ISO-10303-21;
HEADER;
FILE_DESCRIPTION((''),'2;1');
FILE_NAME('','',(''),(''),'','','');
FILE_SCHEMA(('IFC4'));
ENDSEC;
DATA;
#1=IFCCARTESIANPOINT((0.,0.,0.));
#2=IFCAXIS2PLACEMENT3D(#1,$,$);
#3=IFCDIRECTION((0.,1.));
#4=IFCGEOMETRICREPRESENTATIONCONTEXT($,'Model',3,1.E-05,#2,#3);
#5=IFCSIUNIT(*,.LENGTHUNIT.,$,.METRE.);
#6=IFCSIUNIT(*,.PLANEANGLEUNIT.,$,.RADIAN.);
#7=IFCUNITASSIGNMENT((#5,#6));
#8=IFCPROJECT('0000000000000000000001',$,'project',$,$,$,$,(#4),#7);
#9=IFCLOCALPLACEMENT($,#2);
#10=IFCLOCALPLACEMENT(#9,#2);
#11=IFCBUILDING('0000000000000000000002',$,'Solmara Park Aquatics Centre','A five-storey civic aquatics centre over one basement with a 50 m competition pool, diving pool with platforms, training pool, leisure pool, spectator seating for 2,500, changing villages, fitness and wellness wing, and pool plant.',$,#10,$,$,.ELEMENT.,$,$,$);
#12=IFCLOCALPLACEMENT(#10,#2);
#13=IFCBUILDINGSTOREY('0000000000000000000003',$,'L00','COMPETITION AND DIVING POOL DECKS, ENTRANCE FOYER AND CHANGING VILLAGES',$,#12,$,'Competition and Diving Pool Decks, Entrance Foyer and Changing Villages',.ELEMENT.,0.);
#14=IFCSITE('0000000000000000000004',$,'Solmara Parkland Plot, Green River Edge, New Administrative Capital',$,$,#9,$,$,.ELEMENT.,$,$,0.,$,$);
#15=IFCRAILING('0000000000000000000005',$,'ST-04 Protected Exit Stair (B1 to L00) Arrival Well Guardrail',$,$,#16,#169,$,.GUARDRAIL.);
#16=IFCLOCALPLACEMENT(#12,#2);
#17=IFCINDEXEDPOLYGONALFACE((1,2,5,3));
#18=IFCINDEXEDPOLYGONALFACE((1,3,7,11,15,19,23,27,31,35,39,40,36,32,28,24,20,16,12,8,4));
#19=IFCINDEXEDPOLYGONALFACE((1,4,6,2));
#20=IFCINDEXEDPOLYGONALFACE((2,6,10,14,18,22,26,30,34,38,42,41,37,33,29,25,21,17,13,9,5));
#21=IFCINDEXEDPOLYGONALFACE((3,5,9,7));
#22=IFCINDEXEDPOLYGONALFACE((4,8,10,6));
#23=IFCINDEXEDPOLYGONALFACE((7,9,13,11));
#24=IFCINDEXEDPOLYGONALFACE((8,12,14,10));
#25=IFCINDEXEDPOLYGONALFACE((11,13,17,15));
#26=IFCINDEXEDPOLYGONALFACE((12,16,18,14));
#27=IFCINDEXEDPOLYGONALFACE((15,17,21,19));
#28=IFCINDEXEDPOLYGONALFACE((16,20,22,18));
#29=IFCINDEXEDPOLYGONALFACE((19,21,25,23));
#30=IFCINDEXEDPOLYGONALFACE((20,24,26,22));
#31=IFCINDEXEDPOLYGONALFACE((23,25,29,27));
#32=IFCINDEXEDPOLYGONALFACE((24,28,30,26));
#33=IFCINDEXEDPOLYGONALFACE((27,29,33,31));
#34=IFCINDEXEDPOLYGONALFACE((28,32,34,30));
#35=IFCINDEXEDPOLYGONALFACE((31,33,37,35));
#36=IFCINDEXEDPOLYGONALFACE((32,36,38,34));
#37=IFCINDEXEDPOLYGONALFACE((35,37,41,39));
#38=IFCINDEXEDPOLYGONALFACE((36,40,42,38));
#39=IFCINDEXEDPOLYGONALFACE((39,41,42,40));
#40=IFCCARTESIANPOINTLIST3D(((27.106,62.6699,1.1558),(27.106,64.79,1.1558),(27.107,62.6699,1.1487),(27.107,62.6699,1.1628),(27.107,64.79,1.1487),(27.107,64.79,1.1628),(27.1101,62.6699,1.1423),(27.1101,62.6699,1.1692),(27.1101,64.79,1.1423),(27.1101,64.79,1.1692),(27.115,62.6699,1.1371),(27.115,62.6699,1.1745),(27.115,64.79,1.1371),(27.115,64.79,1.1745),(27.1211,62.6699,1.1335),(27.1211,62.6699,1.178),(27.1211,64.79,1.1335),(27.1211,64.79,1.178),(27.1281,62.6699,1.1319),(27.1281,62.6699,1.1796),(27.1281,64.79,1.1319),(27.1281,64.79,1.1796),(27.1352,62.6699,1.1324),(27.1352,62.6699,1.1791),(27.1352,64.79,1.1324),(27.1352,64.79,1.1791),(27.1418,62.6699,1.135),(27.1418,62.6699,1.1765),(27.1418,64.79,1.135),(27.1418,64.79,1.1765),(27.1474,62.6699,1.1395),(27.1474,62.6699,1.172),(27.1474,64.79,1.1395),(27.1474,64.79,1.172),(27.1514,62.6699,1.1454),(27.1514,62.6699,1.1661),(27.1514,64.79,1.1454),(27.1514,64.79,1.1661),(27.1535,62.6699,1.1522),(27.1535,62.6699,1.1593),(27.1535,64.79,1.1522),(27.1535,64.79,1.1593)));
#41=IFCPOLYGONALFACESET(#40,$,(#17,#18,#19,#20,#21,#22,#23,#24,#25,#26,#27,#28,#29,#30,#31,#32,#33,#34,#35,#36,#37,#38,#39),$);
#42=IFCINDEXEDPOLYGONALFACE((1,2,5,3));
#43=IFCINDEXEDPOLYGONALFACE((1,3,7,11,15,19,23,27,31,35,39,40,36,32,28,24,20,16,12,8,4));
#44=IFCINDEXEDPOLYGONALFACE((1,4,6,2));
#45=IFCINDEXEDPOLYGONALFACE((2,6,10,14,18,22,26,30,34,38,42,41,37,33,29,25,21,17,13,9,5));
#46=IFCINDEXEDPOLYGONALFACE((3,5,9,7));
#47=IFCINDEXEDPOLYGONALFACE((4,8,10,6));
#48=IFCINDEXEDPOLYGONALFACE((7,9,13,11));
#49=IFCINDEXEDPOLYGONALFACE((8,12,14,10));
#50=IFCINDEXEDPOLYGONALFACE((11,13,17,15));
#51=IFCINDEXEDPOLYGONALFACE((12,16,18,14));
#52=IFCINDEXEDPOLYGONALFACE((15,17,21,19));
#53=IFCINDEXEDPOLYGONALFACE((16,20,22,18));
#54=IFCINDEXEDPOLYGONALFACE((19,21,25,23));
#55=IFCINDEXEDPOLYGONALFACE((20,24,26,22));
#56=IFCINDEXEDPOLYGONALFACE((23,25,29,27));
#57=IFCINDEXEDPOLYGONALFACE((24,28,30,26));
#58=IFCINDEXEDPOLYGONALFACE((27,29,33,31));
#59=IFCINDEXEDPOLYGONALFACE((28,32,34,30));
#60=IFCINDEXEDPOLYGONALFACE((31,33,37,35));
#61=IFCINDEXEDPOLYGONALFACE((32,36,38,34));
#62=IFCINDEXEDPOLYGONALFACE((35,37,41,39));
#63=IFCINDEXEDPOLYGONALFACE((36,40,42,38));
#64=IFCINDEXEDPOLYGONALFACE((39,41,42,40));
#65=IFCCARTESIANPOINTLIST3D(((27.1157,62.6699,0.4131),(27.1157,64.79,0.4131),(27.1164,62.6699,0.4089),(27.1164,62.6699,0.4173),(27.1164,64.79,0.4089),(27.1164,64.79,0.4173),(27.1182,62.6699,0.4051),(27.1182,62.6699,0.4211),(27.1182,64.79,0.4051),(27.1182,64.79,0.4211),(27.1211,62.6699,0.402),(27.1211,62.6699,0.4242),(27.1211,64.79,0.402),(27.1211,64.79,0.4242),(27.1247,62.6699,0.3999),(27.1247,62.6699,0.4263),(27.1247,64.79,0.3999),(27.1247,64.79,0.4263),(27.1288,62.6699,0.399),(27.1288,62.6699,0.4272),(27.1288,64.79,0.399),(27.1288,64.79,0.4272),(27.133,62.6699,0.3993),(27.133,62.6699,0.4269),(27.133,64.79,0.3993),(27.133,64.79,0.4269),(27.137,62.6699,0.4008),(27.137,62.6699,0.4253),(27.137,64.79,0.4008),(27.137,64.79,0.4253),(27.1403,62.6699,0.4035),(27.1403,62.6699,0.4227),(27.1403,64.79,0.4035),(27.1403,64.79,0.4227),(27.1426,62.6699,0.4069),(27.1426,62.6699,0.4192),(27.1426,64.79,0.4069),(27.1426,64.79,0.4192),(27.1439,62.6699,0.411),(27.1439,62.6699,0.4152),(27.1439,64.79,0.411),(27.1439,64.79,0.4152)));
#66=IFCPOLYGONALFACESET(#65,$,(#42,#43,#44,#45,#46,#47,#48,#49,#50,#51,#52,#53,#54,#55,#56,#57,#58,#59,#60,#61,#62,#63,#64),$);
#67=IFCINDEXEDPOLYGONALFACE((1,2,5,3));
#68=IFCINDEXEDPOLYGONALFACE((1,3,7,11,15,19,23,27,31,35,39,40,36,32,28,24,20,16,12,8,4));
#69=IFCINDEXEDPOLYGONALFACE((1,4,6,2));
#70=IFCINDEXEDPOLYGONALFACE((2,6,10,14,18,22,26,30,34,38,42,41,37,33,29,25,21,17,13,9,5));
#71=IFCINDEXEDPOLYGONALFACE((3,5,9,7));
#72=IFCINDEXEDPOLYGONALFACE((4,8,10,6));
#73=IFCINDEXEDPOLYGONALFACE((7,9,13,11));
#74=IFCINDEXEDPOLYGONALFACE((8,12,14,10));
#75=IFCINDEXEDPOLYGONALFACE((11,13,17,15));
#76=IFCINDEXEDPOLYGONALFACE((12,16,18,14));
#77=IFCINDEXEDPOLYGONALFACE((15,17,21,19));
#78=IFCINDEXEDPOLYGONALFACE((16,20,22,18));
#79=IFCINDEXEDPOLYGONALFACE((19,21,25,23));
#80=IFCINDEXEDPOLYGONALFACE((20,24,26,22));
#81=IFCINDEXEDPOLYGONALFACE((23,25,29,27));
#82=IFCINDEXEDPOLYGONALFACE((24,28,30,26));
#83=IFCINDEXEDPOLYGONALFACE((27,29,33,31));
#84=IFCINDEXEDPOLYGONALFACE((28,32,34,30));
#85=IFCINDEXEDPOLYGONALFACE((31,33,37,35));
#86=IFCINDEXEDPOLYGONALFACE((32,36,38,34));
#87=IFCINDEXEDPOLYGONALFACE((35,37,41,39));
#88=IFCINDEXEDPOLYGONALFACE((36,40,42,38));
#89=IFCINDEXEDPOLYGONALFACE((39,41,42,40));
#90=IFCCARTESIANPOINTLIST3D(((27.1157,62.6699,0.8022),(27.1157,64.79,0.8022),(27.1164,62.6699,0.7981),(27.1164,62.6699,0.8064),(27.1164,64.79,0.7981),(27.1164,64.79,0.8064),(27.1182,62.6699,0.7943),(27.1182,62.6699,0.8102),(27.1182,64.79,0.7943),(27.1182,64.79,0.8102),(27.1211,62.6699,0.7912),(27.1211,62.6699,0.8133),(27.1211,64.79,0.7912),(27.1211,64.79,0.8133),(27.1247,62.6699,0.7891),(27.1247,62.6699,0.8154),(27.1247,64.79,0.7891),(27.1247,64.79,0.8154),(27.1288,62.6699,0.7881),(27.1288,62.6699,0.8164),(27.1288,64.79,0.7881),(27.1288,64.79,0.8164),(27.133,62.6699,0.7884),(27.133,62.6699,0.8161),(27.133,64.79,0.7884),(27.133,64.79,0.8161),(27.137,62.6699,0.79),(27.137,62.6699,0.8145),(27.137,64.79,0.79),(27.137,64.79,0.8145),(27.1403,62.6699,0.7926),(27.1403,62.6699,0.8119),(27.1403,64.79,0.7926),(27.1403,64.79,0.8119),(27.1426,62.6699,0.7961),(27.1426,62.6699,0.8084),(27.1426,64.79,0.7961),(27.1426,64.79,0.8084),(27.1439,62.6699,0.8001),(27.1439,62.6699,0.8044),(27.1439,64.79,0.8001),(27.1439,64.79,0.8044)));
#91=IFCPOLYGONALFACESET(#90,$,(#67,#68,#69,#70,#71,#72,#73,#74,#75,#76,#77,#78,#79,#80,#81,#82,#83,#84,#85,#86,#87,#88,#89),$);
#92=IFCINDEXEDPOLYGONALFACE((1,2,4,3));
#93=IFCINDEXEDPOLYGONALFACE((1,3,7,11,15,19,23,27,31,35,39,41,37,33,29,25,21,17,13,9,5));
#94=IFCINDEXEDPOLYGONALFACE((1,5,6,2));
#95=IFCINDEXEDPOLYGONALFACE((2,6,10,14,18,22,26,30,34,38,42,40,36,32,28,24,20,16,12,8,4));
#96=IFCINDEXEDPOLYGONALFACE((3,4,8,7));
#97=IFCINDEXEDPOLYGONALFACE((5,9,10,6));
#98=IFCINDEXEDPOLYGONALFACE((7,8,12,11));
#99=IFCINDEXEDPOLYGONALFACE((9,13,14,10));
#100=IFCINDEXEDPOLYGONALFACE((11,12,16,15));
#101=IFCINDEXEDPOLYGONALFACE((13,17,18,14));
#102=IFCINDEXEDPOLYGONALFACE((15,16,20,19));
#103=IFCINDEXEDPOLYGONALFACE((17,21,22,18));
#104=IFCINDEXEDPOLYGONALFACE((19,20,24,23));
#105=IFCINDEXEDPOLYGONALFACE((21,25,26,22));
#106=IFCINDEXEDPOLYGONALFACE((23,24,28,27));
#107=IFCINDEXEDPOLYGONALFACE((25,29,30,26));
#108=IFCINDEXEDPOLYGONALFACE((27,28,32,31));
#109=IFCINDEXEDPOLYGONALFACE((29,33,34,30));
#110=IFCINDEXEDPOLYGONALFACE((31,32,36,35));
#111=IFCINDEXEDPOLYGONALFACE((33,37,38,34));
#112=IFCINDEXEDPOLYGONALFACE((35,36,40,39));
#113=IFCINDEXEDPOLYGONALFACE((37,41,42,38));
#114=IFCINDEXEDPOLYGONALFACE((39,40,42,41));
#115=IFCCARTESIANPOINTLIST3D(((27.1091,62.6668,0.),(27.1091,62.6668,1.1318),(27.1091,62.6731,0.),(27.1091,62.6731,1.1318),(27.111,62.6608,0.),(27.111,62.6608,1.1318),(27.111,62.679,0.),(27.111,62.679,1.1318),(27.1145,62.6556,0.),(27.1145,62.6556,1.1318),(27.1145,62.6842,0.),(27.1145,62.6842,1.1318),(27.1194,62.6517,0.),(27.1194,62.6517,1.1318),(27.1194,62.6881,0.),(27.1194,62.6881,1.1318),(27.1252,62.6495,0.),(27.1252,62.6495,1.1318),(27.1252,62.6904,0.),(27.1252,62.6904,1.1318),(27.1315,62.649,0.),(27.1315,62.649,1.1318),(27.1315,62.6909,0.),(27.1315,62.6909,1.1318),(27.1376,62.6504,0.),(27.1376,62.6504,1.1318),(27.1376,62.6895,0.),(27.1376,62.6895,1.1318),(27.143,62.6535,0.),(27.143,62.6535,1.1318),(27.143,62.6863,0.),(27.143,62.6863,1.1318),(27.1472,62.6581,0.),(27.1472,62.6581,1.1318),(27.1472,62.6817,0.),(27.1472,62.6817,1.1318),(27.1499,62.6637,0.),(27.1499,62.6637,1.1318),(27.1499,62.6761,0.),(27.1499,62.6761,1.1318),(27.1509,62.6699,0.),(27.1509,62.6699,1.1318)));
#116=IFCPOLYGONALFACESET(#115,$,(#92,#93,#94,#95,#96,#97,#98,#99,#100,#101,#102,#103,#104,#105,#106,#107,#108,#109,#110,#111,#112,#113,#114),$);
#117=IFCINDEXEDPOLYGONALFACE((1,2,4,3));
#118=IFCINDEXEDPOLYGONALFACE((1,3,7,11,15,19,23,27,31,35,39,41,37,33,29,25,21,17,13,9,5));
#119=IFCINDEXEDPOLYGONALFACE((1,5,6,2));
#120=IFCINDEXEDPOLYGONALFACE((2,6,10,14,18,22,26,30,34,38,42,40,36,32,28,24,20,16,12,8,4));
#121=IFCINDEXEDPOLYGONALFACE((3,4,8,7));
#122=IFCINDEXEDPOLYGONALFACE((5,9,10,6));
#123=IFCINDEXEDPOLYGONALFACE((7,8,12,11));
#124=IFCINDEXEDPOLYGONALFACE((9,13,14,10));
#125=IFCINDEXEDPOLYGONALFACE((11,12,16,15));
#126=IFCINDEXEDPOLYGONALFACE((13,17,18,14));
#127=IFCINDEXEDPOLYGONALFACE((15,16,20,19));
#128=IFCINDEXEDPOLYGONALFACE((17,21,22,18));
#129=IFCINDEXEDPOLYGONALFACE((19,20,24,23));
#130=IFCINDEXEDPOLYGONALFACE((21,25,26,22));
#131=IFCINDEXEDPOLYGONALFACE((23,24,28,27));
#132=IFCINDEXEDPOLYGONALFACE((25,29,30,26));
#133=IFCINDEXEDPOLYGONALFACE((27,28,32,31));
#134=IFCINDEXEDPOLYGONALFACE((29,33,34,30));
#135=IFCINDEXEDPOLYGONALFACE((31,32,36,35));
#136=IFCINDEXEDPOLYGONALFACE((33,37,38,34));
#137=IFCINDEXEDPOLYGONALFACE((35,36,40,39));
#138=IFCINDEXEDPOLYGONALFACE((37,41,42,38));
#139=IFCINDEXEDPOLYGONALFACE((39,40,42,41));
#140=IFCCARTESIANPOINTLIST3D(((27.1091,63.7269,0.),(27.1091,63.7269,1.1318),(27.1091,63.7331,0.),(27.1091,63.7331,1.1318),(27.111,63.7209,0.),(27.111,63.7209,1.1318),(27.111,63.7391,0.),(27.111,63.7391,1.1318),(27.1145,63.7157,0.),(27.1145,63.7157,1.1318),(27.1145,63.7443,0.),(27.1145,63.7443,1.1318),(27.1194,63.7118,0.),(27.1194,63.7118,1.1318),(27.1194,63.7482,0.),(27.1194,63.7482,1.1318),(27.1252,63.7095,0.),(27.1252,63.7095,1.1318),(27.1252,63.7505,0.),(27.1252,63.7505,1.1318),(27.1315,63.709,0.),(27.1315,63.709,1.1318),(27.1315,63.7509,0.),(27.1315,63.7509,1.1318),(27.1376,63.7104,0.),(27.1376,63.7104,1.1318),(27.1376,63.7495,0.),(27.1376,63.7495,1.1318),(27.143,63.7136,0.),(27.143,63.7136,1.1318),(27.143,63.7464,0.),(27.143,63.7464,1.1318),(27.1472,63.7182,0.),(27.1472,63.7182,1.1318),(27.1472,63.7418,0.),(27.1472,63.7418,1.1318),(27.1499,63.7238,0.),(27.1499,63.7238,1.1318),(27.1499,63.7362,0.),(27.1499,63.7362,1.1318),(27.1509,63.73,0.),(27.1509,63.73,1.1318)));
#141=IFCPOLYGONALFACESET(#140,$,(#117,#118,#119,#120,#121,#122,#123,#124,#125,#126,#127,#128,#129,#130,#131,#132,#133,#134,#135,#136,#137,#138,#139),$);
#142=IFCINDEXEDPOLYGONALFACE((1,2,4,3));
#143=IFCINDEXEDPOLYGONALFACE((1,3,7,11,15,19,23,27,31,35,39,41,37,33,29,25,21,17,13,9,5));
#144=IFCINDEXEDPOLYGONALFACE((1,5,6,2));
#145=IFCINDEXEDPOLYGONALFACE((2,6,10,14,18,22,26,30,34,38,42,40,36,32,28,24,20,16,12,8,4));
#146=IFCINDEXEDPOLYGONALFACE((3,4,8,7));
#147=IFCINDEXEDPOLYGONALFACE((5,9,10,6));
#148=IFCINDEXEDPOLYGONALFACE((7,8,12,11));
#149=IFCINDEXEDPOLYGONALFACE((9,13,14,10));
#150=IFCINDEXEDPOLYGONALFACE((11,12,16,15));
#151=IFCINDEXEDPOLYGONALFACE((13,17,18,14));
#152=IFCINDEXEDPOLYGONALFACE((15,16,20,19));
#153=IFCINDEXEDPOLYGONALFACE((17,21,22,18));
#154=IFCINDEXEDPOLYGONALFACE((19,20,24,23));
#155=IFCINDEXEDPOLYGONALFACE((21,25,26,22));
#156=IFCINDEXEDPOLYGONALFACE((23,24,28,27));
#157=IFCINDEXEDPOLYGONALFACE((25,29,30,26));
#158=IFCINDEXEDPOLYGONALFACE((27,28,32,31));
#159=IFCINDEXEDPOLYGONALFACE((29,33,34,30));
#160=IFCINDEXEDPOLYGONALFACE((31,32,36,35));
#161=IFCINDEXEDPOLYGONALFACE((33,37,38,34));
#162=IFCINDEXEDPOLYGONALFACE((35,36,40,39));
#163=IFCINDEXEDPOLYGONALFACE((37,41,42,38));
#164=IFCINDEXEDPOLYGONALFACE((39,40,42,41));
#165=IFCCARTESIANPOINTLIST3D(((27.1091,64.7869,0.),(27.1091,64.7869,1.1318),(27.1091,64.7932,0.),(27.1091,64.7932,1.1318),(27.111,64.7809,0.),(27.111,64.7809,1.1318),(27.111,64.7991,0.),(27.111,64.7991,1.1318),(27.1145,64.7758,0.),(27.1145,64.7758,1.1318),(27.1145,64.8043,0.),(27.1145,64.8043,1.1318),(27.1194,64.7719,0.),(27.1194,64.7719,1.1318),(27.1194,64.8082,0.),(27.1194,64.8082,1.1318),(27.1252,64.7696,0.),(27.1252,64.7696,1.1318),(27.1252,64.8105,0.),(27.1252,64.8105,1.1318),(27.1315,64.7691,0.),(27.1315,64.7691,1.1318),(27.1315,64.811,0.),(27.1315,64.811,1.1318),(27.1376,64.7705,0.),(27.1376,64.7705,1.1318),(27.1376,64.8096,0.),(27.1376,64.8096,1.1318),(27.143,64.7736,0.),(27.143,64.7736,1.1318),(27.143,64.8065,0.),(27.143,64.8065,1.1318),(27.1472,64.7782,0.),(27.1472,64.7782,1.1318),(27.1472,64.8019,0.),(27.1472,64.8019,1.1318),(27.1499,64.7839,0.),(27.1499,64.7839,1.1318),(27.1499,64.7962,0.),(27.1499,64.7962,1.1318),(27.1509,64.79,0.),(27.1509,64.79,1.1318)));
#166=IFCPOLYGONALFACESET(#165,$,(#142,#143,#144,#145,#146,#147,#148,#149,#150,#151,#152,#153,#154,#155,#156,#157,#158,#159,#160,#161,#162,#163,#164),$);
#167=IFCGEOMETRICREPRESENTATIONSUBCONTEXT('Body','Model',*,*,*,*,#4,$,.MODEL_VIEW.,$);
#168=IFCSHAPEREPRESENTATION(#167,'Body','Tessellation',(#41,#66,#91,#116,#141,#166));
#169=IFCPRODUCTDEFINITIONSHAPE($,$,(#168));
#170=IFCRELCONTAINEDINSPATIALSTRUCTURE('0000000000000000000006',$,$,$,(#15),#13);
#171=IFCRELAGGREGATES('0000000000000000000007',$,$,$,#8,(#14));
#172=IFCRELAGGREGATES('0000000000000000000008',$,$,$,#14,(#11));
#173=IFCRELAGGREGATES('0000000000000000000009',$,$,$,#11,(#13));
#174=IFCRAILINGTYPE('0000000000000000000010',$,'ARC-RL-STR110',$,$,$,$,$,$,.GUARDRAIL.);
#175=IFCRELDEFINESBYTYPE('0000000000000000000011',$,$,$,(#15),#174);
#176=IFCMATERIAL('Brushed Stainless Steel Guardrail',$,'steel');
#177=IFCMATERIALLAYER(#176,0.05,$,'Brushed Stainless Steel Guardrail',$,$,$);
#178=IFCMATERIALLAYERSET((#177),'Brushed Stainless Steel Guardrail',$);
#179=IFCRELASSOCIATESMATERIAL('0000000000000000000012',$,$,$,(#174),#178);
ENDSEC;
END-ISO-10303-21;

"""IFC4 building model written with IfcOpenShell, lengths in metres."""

from ifc_helpers import new_model, si_unit, direction, frame, origin, origin_2d, place, context, subcontext, project, spatial, circle, extrude, material, layer, layer_set, type_object, element, save


model = new_model("IFC4")

# Units and contexts
model_context = context("Model", 3, precision=1e-05, world=origin(), true_north=direction((0.0, 1.0)))
body_context = subcontext(model_context, "Body", "Model", "MODEL_VIEW")
ifc_project = project(units=[si_unit("LENGTHUNIT", "METRE"), si_unit("PLANEANGLEUNIT", "RADIAN")], contexts=[model_context])

# Site, building, storey
site_placement = place(None, origin())
site = spatial("IfcSite", under=ifc_project, at=site_placement, Name="Solmara Parkland Plot, Green River Edge, New Administrative Capital", CompositionType="ELEMENT", RefElevation=0.0)
building_placement = place(site_placement, origin())
building = spatial("IfcBuilding", under=site, at=building_placement, Name="Solmara Park Aquatics Centre", Description="A five-storey civic aquatics centre over one basement with a 50 m competition pool, diving pool with platforms, training pool, leisure pool, spectator seating for 2,500, changing villages, fitness and wellness wing, and pool plant.", CompositionType="ELEMENT")
storey_placement = place(building_placement, origin())
storey = spatial("IfcBuildingStorey", under=building, at=storey_placement, Name="L00", Description="COMPETITION AND DIVING POOL DECKS, ENTRANCE FOYER AND CHANGING VILLAGES", LongName="Competition and Diving Pool Decks, Entrance Foyer and Changing Villages", CompositionType="ELEMENT", Elevation=0.0)

# Railing
ifc_material_1 = material(Name="Brushed Stainless Steel Guardrail", Category="steel")
ifc_layer_1 = layer(ifc_material_1, 0.05, Name="Brushed Stainless Steel Guardrail")
ifc_layer_set_1 = layer_set([ifc_layer_1], Name="Brushed Stainless Steel Guardrail")
railing_type_1 = type_object("IfcRailingType", Name="ARC-RL-STR110", PredefinedType="GUARDRAIL", material=ifc_layer_set_1)
railing_1_placement = place(storey_placement, frame((27.1299, 62.6699, 0.0)))
element("IfcRailing", 1, at=railing_1_placement, inside=storey, type_object=railing_type_1, Name="ST-04 Protected Exit Stair (B1 to L00) Arrival Well Guardrail", PredefinedType="GUARDRAIL", context=body_context, shape_type="SweptSolid", body=[
    extrude(circle(Radius=0.0239, at=origin_2d()), frame((0.0, 0.0, 1.1558), z_axis=(0.0, 1.0, 0.0), x_axis=(-1.0, 0.0, 0.0)), (0.0, 0.0, 1.0), 2.1201),
    extrude(circle(Radius=0.0142, at=origin_2d()), frame((0.0, 0.0, 0.4131), z_axis=(0.0, 1.0, 0.0), x_axis=(-1.0, 0.0, 0.0)), (0.0, 0.0, 1.0), 2.1201),
    extrude(circle(Radius=0.0142, at=origin_2d()), frame((0.0, 0.0, 0.8022), z_axis=(0.0, 1.0, 0.0), x_axis=(-1.0, 0.0, 0.0)), (0.0, 0.0, 1.0), 2.1201),
    extrude(circle(Radius=0.021, at=origin_2d()), origin(), (0.0, 0.0, 1.0), 1.1318),
    extrude(circle(Radius=0.021, at=origin_2d()), frame((0.0, 1.0601, 0.0)), (0.0, 0.0, 1.0), 1.1318),
    extrude(circle(Radius=0.021, at=origin_2d()), frame((0.0, 2.1201, 0.0)), (0.0, 0.0, 1.0), 1.1318),
])

save(model, "model.ifc")
